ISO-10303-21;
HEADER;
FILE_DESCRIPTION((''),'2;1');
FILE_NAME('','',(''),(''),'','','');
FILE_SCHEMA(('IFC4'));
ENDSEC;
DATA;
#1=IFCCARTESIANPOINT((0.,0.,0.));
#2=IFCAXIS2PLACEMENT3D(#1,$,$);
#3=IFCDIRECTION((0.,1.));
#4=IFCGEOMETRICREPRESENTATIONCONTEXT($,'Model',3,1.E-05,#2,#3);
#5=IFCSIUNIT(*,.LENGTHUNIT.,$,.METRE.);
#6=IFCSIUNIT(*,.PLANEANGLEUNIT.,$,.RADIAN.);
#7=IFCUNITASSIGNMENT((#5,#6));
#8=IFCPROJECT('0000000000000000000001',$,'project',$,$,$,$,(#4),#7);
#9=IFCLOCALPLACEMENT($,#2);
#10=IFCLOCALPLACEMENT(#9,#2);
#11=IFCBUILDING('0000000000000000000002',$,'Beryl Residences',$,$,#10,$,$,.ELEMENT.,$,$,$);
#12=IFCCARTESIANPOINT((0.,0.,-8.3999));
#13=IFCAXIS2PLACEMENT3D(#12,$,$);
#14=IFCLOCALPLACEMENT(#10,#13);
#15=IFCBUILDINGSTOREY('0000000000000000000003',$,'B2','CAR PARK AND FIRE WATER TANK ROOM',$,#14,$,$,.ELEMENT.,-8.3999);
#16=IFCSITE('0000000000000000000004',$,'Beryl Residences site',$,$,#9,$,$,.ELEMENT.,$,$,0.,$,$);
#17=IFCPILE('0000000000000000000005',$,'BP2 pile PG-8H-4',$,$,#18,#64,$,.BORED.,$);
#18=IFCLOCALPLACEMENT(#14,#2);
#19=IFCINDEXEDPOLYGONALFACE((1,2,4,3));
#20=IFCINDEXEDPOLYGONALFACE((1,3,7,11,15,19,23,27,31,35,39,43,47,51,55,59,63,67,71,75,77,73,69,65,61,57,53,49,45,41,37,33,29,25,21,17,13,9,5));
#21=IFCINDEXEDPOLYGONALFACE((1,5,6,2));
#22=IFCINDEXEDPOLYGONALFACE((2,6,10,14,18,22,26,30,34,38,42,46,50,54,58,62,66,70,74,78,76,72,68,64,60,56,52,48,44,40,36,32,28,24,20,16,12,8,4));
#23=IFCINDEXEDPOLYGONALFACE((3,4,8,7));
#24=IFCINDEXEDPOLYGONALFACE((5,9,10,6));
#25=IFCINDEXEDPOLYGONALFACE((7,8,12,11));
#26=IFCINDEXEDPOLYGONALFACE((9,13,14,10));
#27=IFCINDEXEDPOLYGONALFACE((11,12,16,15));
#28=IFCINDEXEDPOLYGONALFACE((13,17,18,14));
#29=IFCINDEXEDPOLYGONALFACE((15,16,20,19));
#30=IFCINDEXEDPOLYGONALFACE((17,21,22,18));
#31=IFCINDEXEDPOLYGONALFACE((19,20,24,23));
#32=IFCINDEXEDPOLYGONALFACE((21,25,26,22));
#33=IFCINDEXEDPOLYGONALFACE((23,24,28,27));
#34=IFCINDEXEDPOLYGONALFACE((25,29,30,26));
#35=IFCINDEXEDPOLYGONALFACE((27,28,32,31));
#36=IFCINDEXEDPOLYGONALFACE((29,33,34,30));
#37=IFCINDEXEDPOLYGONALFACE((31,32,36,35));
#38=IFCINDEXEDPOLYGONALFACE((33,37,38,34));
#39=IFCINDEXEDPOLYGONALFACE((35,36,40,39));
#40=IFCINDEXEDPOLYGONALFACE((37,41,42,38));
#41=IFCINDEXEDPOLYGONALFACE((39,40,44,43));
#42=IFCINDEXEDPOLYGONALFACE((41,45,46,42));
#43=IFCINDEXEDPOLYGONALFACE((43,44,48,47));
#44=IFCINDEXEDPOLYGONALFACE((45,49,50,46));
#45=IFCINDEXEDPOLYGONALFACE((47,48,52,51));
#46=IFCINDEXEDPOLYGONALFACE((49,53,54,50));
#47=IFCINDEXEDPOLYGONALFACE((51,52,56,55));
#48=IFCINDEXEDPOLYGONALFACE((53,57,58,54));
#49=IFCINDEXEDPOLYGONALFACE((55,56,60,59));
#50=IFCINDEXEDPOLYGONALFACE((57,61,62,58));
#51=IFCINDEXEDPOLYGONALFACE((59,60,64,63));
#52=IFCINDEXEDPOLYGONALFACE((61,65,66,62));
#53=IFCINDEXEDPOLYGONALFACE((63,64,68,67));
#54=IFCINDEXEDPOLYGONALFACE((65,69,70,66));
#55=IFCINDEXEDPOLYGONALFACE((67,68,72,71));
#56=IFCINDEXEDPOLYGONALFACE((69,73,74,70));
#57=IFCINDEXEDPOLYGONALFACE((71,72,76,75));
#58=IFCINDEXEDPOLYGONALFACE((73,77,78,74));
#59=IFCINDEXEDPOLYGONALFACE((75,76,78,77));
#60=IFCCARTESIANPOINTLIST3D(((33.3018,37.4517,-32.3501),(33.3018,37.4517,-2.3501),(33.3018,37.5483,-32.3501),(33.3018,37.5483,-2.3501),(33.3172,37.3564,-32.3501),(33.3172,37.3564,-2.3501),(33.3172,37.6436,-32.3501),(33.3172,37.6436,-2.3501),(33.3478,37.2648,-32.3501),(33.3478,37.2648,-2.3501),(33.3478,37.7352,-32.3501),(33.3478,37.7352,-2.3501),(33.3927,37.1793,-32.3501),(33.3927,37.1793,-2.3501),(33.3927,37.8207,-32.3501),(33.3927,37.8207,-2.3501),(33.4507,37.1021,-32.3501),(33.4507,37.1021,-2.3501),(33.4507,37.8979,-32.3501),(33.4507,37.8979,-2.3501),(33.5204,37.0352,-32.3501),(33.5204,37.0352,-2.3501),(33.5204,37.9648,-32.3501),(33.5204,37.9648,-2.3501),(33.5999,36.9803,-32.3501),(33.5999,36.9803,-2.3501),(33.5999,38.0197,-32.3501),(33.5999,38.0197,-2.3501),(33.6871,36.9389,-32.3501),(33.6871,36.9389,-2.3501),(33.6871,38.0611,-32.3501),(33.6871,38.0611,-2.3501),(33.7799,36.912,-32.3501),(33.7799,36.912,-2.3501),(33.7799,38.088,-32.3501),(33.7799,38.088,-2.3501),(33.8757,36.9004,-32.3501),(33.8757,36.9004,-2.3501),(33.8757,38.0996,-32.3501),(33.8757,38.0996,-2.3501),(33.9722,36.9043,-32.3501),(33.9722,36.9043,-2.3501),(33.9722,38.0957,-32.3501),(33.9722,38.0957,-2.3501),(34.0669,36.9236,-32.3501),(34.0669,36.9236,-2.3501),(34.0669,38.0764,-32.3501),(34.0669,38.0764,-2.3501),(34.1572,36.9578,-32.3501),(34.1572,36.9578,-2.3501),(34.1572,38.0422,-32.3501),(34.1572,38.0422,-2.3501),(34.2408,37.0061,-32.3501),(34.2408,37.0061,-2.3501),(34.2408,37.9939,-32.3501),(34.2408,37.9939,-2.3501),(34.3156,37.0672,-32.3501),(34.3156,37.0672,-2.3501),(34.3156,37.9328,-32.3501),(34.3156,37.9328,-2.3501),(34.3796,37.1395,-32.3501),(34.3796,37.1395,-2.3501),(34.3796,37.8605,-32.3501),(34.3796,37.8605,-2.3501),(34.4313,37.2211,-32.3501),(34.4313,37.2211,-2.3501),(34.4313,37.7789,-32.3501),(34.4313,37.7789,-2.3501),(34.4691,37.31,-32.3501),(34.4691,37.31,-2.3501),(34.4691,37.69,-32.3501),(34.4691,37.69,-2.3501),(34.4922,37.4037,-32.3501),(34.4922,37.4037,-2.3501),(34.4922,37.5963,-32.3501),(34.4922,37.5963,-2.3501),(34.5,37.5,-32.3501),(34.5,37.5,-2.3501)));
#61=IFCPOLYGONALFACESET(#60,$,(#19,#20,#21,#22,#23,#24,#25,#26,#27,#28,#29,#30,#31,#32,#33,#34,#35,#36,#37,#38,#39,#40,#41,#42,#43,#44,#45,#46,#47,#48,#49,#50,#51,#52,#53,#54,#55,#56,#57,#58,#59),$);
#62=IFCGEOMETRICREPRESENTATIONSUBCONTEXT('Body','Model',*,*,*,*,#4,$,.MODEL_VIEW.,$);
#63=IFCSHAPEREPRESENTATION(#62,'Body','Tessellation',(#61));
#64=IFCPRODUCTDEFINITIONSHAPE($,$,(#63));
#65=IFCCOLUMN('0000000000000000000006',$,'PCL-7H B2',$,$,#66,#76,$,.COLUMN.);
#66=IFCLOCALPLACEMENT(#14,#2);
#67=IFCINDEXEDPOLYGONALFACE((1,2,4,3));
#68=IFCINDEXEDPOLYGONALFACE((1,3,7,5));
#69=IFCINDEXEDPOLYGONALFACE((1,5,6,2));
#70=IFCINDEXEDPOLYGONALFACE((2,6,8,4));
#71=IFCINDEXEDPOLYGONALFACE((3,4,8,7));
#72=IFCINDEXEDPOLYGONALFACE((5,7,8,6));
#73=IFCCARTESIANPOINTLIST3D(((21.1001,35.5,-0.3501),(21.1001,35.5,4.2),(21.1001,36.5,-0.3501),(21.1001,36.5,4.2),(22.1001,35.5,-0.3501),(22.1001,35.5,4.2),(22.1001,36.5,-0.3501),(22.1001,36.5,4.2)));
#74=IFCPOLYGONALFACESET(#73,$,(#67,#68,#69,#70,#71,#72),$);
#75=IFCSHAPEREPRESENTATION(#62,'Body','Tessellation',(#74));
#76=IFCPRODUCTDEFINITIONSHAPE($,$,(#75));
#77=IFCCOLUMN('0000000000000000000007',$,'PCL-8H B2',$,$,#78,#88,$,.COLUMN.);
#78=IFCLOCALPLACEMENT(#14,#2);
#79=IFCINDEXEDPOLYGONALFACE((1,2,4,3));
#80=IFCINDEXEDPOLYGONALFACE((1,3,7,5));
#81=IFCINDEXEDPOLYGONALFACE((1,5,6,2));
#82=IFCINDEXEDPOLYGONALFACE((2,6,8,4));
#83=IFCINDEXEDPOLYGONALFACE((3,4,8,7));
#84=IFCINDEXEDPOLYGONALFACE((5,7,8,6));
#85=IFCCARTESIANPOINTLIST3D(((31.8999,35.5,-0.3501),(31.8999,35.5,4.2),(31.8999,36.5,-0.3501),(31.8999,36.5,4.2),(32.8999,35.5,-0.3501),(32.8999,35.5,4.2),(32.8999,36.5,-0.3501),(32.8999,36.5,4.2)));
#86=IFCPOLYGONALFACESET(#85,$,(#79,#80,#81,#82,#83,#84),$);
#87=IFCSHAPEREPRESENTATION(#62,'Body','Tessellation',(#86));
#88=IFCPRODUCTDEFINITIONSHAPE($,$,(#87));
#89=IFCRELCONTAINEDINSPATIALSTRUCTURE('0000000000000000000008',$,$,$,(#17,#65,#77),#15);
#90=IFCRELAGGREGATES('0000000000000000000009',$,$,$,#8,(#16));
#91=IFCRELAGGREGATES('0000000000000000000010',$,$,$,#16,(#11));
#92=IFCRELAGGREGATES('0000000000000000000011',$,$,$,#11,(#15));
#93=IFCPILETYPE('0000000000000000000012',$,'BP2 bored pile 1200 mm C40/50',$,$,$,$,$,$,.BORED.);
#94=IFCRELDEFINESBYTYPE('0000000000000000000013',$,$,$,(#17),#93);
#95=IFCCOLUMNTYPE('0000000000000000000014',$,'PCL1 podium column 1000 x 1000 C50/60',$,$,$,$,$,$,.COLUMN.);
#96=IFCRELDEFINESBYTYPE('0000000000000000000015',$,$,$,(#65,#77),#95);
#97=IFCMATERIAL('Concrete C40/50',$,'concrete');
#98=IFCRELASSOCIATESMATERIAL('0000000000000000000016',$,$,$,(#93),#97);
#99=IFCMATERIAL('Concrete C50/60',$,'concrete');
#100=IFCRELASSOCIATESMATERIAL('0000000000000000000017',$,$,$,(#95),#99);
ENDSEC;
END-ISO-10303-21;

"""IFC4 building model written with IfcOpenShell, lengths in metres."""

from ifc_helpers import new_model, si_unit, direction, frame, origin, origin_2d, place, context, subcontext, project, spatial, rectangle, circle, extrude, material, material_profile, profile_set, type_object, element, save


model = new_model("IFC4")

# Units and contexts
model_context = context("Model", 3, precision=1e-05, world=origin(), true_north=direction((0.0, 1.0)))
body_context = subcontext(model_context, "Body", "Model", "MODEL_VIEW")
ifc_project = project(units=[si_unit("LENGTHUNIT", "METRE"), si_unit("PLANEANGLEUNIT", "RADIAN")], contexts=[model_context])

# Site, building, storey
site_placement = place(None, origin())
site = spatial("IfcSite", under=ifc_project, at=site_placement, Name="Beryl Residences site", CompositionType="ELEMENT", RefElevation=0.0)
building_placement = place(site_placement, origin())
building = spatial("IfcBuilding", under=site, at=building_placement, Name="Beryl Residences", CompositionType="ELEMENT")
storey_placement = place(building_placement, frame((0.0, 0.0, -8.3999)))
storey = spatial("IfcBuildingStorey", under=building, at=storey_placement, Name="B2", Description="CAR PARK AND FIRE WATER TANK ROOM", CompositionType="ELEMENT", Elevation=-8.3999)

# Pile
ifc_material_1 = material(Name="Concrete C40/50", Category="concrete")
ifc_material_profile_1 = material_profile(ifc_material_1, circle(Radius=0.6001, at=origin_2d()))
ifc_profile_set_1 = profile_set([ifc_material_profile_1], Name="Concrete C40/50")
pile_type = type_object("IfcPileType", Name="BP2 bored pile 1200 mm C40/50", PredefinedType="BORED", material=ifc_profile_set_1)
for number, where, z_axis, x_axis, name in (
    (1, (33.8999, 37.5, -2.3501), (0.0, 0.0, -1.0), (1.0, 0.0, 0.0), "BP2 pile PG-8H-4"),
):
    element("IfcPile", number, at=place(storey_placement, frame(where, z_axis=z_axis, x_axis=x_axis)), inside=storey, type_object=pile_type, Name=name, PredefinedType="BORED", context=body_context, shape_type="SweptSolid", body=[
        extrude(circle(Radius=0.6001, at=origin_2d()), origin(), (0.0, 0.0, 1.0), 30.0),
    ])

# Columns
ifc_material_2 = material(Name="Concrete C50/60", Category="concrete")
ifc_material_profile_2 = material_profile(ifc_material_2, rectangle(XDim=1.0, YDim=1.0, at=origin_2d()))
ifc_profile_set_2 = profile_set([ifc_material_profile_2], Name="Concrete C50/60")
column_type = type_object("IfcColumnType", Name="PCL1 podium column 1000 x 1000 C50/60", PredefinedType="COLUMN", material=ifc_profile_set_2)
for number, where, z_axis, x_axis, name in (
    (2, (21.6001, 36.0, -0.3501), (0.0, 0.0, 1.0), (1.0, 0.0, 0.0), "PCL-7H B2"),
    (3, (32.3999, 36.0, -0.3501), (0.0, 0.0, 1.0), (1.0, 0.0, 0.0), "PCL-8H B2"),
):
    element("IfcColumn", number, at=place(storey_placement, frame(where, z_axis=z_axis, x_axis=x_axis)), inside=storey, type_object=column_type, Name=name, PredefinedType="COLUMN", context=body_context, shape_type="SweptSolid", body=[
        extrude(rectangle(XDim=1.0, YDim=1.0, at=origin_2d()), origin(), (0.0, 0.0, 1.0), 4.55),
    ])

save(model, "model.ifc")
